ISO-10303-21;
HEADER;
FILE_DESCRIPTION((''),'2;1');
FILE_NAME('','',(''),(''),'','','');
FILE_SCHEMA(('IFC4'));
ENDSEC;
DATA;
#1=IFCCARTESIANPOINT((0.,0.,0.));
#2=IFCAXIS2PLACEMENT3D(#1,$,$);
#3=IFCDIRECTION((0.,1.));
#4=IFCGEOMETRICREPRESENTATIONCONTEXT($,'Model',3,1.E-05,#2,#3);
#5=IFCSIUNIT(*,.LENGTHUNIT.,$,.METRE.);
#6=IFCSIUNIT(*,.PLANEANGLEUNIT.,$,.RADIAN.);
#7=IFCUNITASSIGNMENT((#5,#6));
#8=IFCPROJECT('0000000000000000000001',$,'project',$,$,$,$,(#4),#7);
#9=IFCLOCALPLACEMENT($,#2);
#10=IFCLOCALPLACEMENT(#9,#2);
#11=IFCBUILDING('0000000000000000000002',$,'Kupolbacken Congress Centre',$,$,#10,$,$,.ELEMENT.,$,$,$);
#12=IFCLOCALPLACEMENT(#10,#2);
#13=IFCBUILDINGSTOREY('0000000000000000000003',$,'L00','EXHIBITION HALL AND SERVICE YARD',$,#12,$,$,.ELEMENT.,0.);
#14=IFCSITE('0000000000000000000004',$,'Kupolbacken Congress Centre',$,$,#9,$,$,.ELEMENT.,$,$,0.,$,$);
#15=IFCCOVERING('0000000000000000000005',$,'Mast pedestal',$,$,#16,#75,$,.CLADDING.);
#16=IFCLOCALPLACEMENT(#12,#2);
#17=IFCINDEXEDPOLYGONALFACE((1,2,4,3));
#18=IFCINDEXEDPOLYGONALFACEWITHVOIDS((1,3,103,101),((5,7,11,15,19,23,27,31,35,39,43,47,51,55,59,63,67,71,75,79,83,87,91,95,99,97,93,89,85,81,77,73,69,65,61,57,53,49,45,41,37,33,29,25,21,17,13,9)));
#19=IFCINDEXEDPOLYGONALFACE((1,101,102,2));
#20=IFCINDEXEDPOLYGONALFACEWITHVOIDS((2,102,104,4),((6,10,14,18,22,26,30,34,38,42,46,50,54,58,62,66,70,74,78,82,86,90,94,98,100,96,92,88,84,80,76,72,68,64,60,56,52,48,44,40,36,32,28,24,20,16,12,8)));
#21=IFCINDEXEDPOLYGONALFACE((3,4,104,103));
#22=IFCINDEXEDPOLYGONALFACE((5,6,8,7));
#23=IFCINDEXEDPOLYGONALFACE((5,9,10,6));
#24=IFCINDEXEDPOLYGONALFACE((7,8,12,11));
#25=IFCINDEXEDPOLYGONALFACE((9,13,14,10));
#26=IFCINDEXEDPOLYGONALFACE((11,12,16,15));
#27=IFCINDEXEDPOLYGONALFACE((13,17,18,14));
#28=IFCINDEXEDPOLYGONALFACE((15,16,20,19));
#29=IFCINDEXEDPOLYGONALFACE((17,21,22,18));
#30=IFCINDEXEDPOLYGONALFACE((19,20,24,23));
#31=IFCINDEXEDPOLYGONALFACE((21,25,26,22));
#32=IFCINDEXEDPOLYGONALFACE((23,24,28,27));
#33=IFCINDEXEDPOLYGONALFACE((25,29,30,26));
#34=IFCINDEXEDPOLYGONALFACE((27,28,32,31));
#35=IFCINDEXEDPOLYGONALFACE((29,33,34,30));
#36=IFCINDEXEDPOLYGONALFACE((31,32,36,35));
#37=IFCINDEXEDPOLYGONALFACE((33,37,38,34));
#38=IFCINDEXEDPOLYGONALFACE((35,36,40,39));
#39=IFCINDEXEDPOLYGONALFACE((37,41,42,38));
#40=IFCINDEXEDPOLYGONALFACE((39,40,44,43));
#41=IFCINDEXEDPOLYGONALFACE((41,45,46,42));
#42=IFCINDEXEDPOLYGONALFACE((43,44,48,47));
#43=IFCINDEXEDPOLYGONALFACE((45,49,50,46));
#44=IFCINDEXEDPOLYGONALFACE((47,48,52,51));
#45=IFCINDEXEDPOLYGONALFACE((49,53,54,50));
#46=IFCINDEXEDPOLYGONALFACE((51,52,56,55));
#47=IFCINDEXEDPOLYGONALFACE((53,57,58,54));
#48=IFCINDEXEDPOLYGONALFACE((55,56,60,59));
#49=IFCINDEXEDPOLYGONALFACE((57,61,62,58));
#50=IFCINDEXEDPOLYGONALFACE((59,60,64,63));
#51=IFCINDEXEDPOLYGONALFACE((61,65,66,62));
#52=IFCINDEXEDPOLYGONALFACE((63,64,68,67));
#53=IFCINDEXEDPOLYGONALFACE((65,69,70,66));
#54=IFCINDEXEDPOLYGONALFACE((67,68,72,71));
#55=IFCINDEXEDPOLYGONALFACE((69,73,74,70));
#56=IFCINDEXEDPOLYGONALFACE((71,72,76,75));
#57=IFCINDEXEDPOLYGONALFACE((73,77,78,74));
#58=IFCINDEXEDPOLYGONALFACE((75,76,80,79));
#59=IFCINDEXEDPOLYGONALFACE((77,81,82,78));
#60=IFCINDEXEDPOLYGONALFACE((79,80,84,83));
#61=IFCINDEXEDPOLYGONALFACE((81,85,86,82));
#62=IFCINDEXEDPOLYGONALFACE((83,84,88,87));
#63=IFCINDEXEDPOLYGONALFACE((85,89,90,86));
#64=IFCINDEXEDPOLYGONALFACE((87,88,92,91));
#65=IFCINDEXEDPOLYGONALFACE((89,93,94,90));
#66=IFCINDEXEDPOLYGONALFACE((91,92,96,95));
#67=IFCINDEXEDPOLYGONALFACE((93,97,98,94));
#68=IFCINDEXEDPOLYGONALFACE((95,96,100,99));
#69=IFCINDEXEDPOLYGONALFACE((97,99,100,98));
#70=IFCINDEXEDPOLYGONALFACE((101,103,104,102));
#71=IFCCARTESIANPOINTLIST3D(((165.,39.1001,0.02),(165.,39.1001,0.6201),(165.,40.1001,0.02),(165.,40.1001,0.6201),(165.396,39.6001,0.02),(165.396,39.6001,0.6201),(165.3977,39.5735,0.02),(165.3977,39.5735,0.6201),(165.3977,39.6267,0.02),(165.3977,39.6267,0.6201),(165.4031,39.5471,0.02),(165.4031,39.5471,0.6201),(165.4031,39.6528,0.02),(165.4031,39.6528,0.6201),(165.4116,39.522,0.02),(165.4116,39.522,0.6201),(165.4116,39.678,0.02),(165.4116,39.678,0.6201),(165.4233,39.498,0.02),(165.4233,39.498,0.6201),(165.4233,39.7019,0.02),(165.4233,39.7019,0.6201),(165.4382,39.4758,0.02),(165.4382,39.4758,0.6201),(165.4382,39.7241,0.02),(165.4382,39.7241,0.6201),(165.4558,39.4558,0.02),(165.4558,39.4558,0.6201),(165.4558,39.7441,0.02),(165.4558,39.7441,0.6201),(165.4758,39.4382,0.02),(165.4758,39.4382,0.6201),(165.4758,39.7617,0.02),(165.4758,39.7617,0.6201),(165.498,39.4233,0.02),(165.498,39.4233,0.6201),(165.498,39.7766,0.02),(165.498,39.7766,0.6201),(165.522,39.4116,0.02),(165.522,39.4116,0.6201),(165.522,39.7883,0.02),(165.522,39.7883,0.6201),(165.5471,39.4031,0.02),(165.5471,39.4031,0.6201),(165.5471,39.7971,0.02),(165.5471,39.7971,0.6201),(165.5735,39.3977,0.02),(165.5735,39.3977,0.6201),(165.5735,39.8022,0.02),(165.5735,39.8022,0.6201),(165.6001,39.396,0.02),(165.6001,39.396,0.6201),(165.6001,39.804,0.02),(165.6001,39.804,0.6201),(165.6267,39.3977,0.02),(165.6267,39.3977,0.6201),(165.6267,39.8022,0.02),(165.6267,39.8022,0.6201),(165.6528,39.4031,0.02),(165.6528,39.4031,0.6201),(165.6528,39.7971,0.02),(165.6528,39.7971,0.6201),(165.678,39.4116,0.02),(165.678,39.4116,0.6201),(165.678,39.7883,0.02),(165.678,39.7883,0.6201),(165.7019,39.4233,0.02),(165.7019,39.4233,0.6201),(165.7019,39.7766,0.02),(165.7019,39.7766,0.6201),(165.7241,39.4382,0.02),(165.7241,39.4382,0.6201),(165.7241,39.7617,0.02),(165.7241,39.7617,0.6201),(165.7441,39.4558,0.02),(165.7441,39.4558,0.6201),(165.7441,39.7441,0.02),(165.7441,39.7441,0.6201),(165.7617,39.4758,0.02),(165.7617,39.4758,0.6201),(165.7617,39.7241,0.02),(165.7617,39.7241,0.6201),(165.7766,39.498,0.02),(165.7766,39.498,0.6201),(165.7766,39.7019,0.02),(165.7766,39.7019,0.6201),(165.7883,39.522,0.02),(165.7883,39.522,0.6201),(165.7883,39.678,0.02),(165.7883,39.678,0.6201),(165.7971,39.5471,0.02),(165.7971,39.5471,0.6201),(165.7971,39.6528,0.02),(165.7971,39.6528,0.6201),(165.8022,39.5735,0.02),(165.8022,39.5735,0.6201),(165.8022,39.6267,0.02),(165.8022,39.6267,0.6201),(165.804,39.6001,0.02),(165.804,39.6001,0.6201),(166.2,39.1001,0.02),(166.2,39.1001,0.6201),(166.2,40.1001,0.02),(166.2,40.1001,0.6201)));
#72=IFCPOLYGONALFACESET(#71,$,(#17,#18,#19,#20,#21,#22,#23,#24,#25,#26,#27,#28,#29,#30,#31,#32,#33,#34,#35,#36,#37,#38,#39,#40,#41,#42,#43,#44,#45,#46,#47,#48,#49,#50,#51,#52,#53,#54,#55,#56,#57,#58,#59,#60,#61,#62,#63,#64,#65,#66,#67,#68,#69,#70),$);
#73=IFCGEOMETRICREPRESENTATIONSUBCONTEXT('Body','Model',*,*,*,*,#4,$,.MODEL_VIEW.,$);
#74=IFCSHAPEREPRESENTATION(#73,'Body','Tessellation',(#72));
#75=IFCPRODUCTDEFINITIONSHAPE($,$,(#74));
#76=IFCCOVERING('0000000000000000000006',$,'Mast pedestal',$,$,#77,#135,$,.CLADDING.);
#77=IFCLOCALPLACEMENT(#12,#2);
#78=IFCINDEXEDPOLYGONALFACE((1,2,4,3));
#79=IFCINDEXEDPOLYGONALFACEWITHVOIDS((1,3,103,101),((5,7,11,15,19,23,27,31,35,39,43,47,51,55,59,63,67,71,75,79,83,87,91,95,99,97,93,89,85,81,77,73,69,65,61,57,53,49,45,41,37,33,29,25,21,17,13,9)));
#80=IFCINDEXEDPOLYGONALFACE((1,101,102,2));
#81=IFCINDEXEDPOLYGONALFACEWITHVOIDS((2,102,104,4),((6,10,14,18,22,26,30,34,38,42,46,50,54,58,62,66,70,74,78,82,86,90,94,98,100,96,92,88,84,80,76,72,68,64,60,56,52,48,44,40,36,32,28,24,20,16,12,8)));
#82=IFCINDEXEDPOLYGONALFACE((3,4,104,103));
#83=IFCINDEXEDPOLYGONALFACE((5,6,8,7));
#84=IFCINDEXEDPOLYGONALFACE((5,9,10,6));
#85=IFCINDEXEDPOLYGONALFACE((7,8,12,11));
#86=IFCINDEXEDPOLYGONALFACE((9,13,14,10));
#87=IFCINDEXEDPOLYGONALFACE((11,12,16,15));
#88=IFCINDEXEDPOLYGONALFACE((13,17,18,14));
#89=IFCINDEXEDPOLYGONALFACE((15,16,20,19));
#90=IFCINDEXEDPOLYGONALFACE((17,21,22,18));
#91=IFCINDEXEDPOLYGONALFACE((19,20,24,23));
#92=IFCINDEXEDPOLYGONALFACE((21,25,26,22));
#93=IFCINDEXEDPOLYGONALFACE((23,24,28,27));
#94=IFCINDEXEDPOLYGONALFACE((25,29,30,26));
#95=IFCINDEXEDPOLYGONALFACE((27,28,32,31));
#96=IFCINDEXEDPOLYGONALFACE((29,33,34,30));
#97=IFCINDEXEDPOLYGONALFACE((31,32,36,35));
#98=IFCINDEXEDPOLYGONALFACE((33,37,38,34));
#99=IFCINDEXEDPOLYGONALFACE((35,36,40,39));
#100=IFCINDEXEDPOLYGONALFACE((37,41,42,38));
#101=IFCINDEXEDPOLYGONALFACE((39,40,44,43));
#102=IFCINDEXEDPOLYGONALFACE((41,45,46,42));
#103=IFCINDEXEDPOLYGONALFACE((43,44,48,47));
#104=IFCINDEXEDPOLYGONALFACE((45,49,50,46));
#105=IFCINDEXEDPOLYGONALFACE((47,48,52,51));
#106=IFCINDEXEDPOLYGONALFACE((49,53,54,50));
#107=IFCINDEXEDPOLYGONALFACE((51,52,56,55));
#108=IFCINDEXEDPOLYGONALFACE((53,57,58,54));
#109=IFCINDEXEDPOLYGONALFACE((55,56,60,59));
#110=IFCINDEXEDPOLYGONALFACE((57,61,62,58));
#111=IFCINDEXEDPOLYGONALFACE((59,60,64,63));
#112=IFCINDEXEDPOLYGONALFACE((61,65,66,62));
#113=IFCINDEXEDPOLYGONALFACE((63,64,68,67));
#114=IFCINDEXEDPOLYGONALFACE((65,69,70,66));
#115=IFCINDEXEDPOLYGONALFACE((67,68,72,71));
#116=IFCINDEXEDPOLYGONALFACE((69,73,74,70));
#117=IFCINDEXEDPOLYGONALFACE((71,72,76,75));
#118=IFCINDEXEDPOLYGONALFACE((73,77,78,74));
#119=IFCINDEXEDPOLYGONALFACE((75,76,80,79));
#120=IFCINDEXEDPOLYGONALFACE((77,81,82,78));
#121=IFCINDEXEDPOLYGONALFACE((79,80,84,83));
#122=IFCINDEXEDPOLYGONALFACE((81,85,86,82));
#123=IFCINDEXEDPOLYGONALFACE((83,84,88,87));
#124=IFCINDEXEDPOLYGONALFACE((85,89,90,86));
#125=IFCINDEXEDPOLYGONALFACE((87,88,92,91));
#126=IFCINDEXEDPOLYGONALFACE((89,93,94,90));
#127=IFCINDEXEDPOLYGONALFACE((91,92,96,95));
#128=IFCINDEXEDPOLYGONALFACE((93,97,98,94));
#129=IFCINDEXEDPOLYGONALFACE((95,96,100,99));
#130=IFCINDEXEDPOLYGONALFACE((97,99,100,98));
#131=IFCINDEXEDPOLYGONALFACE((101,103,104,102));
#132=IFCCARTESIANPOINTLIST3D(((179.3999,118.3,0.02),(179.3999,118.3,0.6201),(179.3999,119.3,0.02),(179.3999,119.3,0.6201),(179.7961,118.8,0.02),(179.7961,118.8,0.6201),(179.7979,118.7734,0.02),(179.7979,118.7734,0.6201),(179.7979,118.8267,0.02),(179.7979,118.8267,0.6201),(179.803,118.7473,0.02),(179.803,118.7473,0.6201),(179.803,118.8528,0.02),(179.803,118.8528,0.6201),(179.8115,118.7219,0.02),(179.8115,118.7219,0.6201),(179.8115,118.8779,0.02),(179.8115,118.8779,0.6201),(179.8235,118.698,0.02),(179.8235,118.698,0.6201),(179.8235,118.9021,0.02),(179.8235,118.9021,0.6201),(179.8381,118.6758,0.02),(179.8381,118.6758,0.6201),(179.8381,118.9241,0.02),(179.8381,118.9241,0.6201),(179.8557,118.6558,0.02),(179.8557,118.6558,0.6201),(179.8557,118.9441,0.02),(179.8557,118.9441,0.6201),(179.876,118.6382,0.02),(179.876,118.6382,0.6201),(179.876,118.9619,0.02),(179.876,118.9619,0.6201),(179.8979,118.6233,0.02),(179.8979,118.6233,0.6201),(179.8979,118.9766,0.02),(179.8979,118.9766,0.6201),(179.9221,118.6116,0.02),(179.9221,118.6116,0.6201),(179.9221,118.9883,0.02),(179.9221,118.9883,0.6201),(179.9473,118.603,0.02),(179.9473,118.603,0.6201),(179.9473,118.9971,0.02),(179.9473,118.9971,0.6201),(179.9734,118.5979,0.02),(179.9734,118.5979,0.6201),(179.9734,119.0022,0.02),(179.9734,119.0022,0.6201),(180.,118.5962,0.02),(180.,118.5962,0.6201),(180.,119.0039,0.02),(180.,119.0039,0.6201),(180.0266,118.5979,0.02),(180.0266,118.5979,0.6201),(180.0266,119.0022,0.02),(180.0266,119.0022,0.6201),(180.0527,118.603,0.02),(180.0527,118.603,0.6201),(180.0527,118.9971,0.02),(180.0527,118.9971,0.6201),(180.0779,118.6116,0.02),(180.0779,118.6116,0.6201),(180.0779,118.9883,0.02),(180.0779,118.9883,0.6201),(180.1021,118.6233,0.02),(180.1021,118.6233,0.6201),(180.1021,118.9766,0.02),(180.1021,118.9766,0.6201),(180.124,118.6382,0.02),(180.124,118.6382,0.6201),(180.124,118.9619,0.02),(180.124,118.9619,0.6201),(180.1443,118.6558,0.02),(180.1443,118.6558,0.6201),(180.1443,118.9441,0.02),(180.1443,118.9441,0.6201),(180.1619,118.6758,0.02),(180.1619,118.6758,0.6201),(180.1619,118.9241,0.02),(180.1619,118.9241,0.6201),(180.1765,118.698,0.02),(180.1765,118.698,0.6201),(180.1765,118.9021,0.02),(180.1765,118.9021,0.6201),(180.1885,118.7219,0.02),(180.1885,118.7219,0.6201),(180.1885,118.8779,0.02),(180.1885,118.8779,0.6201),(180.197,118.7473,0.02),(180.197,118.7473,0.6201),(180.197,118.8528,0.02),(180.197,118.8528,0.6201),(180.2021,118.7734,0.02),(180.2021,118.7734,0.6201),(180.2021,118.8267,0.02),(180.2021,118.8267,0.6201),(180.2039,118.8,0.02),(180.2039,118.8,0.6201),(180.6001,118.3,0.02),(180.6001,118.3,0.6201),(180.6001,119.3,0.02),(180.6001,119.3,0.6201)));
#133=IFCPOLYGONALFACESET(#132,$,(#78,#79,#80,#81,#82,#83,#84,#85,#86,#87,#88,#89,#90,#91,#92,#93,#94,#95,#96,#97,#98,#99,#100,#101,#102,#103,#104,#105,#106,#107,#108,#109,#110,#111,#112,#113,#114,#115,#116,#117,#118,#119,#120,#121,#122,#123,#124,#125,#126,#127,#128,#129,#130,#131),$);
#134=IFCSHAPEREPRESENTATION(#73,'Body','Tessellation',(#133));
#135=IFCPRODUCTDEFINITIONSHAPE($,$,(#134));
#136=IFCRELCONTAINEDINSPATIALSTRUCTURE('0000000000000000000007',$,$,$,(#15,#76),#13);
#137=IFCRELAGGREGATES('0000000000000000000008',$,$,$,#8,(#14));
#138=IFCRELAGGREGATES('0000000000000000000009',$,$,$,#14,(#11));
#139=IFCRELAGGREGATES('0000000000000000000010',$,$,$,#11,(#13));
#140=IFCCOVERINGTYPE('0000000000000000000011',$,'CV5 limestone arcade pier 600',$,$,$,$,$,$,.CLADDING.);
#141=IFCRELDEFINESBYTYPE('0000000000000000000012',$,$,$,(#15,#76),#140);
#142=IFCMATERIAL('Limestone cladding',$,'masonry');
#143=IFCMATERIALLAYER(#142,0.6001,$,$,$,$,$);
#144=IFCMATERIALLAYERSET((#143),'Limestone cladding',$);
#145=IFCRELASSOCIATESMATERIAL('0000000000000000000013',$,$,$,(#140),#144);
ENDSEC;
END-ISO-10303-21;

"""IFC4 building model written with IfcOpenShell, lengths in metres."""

from ifc_helpers import new_model, si_unit, direction, frame, origin, place, context, subcontext, project, spatial, polyline, outline, extrude, material, layer, layer_set, type_object, element, save


model = new_model("IFC4")

# Units and contexts
model_context = context("Model", 3, precision=1e-05, world=origin(), true_north=direction((0.0, 1.0)))
body_context = subcontext(model_context, "Body", "Model", "MODEL_VIEW")
ifc_project = project(units=[si_unit("LENGTHUNIT", "METRE"), si_unit("PLANEANGLEUNIT", "RADIAN")], contexts=[model_context])

# Site, building, storey
site_placement = place(None, origin())
site = spatial("IfcSite", under=ifc_project, at=site_placement, Name="Kupolbacken Congress Centre", CompositionType="ELEMENT", RefElevation=0.0)
building_placement = place(site_placement, origin())
building = spatial("IfcBuilding", under=site, at=building_placement, Name="Kupolbacken Congress Centre", CompositionType="ELEMENT")
storey_placement = place(building_placement, origin())
storey = spatial("IfcBuildingStorey", under=building, at=storey_placement, Name="L00", Description="EXHIBITION HALL AND SERVICE YARD", CompositionType="ELEMENT", Elevation=0.0)

# Coverings
ifc_material_1 = material(Name="Limestone cladding", Category="masonry")
ifc_layer_1 = layer(ifc_material_1, 0.6001)
ifc_layer_set_1 = layer_set([ifc_layer_1], Name="Limestone cladding")
covering_type = type_object("IfcCoveringType", Name="CV5 limestone arcade pier 600", PredefinedType="CLADDING", material=ifc_layer_set_1)
covering_1_placement = place(storey_placement, frame((0.0, 0.0, 0.02)))
element("IfcCovering", 1, at=covering_1_placement, inside=storey, type_object=covering_type, Name="Mast pedestal", PredefinedType="CLADDING", context=body_context, shape_type="SweptSolid", body=[
    extrude(outline(polyline([(165.0, 39.1001), (165.0, 40.1001), (166.2, 40.1001), (166.2, 39.1001), (165.0, 39.1001)]), holes=[polyline([(165.8022, 39.6267), (165.7971, 39.6528), (165.7883, 39.678), (165.7766, 39.7019), (165.7617, 39.7241), (165.7441, 39.7441), (165.7241, 39.7617), (165.7019, 39.7766), (165.678, 39.7883), (165.6528, 39.7971), (165.6267, 39.8022), (165.6001, 39.804), (165.5735, 39.8022), (165.5471, 39.7971), (165.522, 39.7883), (165.498, 39.7766), (165.4758, 39.7617), (165.4558, 39.7441), (165.4382, 39.7241), (165.4233, 39.7019), (165.4116, 39.678), (165.4031, 39.6528), (165.3977, 39.6267), (165.396, 39.6001), (165.3977, 39.5735), (165.4031, 39.5471), (165.4116, 39.522), (165.4233, 39.498), (165.4382, 39.4758), (165.4558, 39.4558), (165.4758, 39.4382), (165.498, 39.4233), (165.522, 39.4116), (165.5471, 39.4031), (165.5735, 39.3977), (165.6001, 39.396), (165.6267, 39.3977), (165.6528, 39.4031), (165.678, 39.4116), (165.7019, 39.4233), (165.7241, 39.4382), (165.7441, 39.4558), (165.7617, 39.4758), (165.7766, 39.498), (165.7883, 39.522), (165.7971, 39.5471), (165.8022, 39.5735), (165.804, 39.6001), (165.8022, 39.6267)])]), origin(), (0.0, 0.0, 1.0), 0.6001),
])
covering_2_placement = place(storey_placement, frame((0.0, 0.0, 0.02)))
element("IfcCovering", 2, at=covering_2_placement, inside=storey, type_object=covering_type, Name="Mast pedestal", PredefinedType="CLADDING", context=body_context, shape_type="SweptSolid", body=[
    extrude(outline(polyline([(179.3999, 118.3), (179.3999, 119.3), (180.6001, 119.3), (180.6001, 118.3), (179.3999, 118.3)]), holes=[polyline([(180.2021, 118.8267), (180.197, 118.8528), (180.1885, 118.8779), (180.1765, 118.9021), (180.1619, 118.9241), (180.1443, 118.9441), (180.124, 118.9619), (180.1021, 118.9766), (180.0779, 118.9883), (180.0527, 118.9971), (180.0266, 119.0022), (180.0, 119.0039), (179.9734, 119.0022), (179.9473, 118.9971), (179.9221, 118.9883), (179.8979, 118.9766), (179.876, 118.9619), (179.8557, 118.9441), (179.8381, 118.9241), (179.8235, 118.9021), (179.8115, 118.8779), (179.803, 118.8528), (179.7979, 118.8267), (179.7961, 118.8), (179.7979, 118.7734), (179.803, 118.7473), (179.8115, 118.7219), (179.8235, 118.698), (179.8381, 118.6758), (179.8557, 118.6558), (179.876, 118.6382), (179.8979, 118.6233), (179.9221, 118.6116), (179.9473, 118.603), (179.9734, 118.5979), (180.0, 118.5962), (180.0266, 118.5979), (180.0527, 118.603), (180.0779, 118.6116), (180.1021, 118.6233), (180.124, 118.6382), (180.1443, 118.6558), (180.1619, 118.6758), (180.1765, 118.698), (180.1885, 118.7219), (180.197, 118.7473), (180.2021, 118.7734), (180.2039, 118.8), (180.2021, 118.8267)])]), origin(), (0.0, 0.0, 1.0), 0.6001),
])

save(model, "model.ifc")
